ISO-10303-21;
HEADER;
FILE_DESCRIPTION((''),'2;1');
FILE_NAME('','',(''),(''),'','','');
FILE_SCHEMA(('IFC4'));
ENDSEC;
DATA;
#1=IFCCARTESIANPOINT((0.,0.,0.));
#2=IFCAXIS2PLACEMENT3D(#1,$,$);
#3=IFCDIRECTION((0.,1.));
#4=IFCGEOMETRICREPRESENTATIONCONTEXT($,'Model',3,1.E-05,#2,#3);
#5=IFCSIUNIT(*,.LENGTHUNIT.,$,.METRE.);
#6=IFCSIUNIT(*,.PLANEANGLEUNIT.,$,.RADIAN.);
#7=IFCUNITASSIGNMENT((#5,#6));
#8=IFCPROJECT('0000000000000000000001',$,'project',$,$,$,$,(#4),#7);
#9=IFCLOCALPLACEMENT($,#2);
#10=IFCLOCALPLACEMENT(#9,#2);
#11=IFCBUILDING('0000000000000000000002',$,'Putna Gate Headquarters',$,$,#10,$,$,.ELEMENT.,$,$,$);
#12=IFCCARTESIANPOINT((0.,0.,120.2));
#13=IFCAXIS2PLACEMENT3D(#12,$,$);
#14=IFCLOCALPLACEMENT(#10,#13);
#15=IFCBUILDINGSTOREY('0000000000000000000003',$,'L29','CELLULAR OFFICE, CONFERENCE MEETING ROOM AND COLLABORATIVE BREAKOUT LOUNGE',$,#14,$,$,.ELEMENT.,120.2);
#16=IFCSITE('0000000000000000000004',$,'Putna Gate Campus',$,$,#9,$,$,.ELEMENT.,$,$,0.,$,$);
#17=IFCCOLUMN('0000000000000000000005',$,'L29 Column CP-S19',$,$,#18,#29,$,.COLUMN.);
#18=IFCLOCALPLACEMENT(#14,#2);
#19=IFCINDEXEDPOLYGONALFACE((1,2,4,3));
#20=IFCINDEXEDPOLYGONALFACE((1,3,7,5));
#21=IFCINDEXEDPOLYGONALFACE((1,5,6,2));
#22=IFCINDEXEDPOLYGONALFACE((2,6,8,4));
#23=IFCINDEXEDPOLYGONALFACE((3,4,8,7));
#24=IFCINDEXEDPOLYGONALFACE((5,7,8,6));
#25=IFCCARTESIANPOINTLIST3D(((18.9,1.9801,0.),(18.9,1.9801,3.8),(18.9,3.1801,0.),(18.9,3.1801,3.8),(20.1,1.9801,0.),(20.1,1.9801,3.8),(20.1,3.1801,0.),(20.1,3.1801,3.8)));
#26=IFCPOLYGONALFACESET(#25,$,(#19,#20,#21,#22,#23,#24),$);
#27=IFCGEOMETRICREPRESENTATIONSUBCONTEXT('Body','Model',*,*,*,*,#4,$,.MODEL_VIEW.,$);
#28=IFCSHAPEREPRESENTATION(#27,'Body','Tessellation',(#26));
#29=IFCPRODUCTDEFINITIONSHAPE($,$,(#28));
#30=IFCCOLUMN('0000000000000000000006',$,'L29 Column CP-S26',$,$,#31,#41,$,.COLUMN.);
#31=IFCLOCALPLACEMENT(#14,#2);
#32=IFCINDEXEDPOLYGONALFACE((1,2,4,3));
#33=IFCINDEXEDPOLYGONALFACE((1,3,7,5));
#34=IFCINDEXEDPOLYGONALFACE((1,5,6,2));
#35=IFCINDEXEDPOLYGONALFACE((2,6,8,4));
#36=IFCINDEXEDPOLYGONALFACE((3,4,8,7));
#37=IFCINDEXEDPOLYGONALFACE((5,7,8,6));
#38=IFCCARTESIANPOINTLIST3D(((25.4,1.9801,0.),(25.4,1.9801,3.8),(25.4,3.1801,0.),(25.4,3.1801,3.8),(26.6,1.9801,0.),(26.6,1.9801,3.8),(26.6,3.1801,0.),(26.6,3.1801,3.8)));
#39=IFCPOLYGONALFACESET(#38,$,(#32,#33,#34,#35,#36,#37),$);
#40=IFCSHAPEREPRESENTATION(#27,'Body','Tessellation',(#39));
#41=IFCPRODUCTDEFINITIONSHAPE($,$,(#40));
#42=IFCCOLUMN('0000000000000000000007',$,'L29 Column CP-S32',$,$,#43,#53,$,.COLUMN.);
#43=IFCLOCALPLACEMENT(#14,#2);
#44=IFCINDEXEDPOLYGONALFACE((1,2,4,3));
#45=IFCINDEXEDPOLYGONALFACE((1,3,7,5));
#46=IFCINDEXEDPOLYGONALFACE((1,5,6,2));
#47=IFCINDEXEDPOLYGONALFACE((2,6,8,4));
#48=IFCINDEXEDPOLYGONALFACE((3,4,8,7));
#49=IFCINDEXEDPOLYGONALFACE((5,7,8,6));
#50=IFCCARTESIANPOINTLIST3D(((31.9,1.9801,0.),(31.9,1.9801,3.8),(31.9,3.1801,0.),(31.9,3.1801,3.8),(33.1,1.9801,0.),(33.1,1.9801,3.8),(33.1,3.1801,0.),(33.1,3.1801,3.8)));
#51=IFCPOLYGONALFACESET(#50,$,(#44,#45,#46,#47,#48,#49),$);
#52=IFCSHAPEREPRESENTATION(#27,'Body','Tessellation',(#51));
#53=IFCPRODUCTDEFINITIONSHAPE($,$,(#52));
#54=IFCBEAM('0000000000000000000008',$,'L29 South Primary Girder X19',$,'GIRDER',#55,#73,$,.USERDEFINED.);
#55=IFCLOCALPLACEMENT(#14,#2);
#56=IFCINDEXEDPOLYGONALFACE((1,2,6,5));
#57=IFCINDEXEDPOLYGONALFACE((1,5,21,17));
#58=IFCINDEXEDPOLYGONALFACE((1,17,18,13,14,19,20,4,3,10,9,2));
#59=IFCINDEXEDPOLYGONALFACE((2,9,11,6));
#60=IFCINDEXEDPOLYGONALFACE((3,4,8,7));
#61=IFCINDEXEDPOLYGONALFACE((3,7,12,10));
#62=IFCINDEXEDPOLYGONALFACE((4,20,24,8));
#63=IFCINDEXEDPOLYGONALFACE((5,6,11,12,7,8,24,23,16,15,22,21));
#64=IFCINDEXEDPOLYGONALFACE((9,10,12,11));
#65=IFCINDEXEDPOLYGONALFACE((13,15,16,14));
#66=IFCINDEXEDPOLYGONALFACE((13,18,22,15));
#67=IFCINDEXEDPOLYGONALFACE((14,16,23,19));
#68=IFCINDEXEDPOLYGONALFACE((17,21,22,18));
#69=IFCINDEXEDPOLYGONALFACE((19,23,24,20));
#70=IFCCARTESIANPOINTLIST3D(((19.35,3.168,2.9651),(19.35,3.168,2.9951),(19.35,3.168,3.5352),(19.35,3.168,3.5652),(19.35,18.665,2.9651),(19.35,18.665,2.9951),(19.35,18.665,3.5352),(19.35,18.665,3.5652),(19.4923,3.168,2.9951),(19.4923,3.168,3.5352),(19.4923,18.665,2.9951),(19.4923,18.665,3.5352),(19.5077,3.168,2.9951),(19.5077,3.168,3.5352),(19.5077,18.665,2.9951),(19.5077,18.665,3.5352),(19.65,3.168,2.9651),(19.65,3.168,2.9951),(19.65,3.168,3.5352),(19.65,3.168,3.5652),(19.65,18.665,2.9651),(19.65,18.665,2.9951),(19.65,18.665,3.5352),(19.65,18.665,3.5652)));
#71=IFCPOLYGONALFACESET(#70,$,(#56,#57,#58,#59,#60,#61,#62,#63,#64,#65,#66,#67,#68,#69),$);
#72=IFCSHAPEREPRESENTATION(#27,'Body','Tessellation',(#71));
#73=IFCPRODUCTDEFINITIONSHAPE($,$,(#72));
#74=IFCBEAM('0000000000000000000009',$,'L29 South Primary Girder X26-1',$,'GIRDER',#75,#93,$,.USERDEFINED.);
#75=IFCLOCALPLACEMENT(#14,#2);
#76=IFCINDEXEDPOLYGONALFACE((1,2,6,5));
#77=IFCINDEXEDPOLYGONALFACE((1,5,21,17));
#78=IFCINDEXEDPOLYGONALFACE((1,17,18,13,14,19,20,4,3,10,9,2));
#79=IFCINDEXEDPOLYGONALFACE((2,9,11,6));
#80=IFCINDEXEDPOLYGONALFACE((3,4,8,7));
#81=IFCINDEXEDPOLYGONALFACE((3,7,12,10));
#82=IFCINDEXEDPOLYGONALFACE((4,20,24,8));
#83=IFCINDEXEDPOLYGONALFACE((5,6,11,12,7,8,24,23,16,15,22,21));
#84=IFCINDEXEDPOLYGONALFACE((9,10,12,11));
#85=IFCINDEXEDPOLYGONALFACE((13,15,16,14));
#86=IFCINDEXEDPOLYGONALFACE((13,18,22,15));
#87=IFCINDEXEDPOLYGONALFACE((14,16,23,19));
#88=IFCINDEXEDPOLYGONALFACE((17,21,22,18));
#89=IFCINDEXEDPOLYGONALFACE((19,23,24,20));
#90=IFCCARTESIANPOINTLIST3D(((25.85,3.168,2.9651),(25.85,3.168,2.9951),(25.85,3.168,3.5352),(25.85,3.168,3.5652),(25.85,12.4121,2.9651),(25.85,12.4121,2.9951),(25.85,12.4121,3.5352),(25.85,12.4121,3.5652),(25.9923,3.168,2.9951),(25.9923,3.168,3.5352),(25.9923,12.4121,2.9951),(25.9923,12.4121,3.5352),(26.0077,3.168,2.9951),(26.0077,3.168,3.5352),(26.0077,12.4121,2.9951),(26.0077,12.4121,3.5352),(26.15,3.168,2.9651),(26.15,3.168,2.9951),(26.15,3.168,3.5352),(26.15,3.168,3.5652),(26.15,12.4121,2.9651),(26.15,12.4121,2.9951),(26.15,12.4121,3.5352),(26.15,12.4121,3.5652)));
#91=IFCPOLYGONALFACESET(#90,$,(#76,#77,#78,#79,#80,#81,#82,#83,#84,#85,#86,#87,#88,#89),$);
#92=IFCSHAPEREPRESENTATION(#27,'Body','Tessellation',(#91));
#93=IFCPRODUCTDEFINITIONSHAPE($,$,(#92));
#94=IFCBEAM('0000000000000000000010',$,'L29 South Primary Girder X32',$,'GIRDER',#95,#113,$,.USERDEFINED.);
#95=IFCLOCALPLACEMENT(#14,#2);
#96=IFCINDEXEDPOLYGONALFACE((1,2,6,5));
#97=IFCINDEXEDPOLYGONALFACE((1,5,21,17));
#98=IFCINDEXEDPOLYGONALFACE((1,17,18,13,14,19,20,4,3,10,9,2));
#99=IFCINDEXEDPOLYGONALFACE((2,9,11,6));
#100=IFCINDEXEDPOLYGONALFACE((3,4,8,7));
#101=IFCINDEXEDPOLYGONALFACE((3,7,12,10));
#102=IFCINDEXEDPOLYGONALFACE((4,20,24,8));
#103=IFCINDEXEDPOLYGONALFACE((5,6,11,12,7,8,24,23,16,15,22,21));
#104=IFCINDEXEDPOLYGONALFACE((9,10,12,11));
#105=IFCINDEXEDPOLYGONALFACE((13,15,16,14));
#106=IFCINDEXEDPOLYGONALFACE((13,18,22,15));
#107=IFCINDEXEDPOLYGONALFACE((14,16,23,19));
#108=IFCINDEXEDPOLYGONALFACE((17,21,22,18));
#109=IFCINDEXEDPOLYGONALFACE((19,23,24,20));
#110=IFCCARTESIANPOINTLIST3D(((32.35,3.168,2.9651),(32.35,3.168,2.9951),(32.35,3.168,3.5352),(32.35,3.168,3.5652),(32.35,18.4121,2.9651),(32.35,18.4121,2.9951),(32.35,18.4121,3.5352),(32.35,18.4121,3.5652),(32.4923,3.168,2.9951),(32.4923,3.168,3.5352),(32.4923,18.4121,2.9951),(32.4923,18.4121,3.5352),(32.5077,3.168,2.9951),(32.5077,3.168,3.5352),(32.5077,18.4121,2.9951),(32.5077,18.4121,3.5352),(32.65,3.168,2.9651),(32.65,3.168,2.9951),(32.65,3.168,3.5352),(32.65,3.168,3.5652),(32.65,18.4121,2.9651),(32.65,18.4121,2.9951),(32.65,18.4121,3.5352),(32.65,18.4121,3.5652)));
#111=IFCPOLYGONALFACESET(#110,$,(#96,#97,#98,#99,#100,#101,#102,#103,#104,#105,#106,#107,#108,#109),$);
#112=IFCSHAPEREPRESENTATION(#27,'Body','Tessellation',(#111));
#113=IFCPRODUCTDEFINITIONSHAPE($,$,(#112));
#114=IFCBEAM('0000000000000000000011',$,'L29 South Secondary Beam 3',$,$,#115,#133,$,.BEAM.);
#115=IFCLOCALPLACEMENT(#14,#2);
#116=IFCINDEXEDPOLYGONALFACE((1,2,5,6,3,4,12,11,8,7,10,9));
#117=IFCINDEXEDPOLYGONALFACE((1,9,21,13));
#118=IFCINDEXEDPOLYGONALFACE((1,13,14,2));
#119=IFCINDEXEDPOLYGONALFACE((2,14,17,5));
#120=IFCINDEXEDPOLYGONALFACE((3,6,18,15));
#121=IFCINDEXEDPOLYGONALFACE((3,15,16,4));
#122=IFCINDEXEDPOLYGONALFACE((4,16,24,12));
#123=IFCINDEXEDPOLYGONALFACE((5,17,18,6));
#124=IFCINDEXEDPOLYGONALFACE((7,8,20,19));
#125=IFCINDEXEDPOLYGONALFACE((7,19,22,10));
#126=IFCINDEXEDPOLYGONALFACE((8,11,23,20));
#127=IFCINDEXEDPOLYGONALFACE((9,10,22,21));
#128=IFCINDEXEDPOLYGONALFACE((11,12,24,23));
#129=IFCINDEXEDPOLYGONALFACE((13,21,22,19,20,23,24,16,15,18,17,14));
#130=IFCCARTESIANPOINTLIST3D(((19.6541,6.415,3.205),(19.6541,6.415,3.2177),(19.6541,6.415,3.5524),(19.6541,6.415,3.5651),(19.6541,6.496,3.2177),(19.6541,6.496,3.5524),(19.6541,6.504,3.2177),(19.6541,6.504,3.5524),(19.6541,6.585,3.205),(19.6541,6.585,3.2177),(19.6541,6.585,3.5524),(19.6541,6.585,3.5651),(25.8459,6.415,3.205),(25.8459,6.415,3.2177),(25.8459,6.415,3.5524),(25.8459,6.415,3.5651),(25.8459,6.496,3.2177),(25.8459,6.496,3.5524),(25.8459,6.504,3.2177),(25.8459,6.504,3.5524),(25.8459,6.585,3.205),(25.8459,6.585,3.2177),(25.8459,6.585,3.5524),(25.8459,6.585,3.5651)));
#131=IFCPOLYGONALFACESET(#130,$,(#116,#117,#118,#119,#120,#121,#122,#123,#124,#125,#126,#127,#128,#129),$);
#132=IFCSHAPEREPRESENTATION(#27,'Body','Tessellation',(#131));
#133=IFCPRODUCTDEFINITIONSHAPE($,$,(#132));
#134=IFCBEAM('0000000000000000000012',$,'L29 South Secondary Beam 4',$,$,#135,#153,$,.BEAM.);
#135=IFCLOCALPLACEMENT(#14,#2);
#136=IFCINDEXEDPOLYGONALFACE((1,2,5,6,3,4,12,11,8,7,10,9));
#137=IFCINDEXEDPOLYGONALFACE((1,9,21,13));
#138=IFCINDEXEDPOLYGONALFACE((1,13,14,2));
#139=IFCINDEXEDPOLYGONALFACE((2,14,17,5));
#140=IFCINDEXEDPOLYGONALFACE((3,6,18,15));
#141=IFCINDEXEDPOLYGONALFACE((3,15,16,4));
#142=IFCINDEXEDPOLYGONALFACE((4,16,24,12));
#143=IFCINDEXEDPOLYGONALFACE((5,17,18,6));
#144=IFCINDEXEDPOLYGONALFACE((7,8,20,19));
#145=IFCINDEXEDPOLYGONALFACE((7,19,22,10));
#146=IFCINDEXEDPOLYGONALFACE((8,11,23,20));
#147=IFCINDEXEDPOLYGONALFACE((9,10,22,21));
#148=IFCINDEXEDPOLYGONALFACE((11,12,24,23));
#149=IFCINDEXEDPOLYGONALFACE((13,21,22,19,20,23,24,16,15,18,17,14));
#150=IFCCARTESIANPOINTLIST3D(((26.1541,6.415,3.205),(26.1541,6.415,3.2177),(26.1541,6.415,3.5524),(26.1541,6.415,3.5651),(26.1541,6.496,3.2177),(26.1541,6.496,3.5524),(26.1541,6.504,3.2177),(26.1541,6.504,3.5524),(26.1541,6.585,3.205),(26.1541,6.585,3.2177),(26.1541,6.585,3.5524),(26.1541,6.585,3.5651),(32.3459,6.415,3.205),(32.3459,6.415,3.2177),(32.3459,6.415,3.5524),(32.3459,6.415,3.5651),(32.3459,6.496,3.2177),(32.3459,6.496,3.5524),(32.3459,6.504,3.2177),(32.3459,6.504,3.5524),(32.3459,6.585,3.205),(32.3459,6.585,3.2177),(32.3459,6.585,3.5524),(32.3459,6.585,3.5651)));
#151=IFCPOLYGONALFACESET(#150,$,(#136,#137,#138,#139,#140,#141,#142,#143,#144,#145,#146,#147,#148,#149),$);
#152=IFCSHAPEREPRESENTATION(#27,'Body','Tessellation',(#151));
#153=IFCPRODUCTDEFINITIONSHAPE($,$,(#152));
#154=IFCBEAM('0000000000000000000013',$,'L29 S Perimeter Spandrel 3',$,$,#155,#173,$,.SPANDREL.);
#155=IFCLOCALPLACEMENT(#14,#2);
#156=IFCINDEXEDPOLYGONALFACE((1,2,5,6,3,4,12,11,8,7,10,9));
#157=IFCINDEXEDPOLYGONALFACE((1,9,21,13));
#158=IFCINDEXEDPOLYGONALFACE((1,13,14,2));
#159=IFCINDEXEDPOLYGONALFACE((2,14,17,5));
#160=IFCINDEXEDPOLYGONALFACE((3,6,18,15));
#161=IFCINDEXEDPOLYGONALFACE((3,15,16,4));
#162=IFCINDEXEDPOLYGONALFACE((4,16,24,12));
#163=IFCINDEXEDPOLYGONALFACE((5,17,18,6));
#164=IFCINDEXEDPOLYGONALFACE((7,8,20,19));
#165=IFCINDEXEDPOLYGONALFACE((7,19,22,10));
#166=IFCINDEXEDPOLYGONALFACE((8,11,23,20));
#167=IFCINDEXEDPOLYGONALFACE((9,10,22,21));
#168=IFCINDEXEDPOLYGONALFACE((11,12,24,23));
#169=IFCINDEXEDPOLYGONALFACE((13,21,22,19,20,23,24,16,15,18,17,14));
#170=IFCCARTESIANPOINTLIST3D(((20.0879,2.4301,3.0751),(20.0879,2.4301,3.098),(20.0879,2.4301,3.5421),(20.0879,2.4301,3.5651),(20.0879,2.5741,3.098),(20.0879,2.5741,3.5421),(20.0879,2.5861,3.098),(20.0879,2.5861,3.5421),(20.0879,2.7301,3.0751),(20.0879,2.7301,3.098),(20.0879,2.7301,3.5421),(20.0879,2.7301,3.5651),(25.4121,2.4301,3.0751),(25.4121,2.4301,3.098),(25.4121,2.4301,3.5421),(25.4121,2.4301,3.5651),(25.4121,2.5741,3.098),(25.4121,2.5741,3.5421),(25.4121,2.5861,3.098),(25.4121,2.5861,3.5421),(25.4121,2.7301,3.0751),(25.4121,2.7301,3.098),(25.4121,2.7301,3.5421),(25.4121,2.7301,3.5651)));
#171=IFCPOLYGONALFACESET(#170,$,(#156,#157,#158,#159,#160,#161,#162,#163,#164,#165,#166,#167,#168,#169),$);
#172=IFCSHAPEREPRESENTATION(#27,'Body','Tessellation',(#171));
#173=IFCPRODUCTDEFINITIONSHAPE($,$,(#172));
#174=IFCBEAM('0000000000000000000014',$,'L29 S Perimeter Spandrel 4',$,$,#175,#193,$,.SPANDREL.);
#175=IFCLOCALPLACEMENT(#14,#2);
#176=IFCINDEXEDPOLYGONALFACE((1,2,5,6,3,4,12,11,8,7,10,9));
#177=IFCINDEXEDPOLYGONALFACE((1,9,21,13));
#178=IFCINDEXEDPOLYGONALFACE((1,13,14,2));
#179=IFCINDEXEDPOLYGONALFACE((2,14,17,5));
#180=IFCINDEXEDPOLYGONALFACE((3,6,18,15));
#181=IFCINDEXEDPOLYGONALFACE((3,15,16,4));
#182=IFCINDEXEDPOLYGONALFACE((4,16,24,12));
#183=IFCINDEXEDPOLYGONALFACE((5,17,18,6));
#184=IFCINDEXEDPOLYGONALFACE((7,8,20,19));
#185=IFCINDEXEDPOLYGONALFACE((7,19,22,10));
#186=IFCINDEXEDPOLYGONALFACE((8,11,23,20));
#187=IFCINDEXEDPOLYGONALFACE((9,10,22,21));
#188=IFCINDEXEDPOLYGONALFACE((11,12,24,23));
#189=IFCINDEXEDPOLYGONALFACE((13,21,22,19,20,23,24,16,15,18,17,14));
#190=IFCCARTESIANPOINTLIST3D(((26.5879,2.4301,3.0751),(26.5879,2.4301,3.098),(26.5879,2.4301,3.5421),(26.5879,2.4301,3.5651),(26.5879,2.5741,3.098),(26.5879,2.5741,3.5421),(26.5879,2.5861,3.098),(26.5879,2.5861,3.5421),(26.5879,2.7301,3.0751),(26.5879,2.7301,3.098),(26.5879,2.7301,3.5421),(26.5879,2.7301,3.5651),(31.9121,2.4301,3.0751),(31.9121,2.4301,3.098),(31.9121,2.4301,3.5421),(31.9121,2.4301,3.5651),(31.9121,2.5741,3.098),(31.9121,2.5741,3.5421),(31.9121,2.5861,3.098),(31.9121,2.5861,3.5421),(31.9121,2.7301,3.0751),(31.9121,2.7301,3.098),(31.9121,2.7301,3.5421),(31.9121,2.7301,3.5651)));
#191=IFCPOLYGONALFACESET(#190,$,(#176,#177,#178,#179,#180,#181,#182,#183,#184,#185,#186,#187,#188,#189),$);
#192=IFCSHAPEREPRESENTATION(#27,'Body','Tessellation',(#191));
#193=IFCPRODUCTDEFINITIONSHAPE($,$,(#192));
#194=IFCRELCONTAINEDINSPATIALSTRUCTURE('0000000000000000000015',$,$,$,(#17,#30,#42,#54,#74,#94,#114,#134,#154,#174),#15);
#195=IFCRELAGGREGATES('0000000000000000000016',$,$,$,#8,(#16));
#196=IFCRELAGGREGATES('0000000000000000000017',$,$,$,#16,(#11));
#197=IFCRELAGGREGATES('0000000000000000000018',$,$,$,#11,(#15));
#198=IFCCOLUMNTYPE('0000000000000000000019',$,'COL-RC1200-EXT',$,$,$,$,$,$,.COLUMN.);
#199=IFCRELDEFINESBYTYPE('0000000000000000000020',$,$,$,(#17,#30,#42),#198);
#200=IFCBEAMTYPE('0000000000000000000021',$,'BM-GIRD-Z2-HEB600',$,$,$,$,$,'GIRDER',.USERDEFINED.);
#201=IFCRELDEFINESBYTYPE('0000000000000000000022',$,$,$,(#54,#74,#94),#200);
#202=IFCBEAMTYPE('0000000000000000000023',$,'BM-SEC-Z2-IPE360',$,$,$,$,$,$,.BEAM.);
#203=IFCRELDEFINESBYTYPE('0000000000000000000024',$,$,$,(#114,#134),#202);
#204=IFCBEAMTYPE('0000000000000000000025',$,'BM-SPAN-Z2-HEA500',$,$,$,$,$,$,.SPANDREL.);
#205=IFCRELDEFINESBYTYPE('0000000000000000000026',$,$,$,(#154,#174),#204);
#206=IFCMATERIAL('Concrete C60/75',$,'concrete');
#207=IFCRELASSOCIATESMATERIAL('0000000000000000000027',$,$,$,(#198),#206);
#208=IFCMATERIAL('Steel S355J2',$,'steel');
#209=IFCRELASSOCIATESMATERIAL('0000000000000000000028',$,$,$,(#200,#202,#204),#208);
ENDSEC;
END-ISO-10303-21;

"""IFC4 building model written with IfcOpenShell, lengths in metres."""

from ifc_helpers import new_model, si_unit, direction, frame, origin, origin_2d, place, context, subcontext, project, spatial, rectangle, i_section, extrude, material, material_profile, profile_set, type_object, element, save


model = new_model("IFC4")

# Units and contexts
model_context = context("Model", 3, precision=1e-05, world=origin(), true_north=direction((0.0, 1.0)))
body_context = subcontext(model_context, "Body", "Model", "MODEL_VIEW")
ifc_project = project(units=[si_unit("LENGTHUNIT", "METRE"), si_unit("PLANEANGLEUNIT", "RADIAN")], contexts=[model_context])

# Site, building, storey
site_placement = place(None, origin())
site = spatial("IfcSite", under=ifc_project, at=site_placement, Name="Putna Gate Campus", CompositionType="ELEMENT", RefElevation=0.0)
building_placement = place(site_placement, origin())
building = spatial("IfcBuilding", under=site, at=building_placement, Name="Putna Gate Headquarters", CompositionType="ELEMENT")
storey_placement = place(building_placement, frame((0.0, 0.0, 120.2)))
storey = spatial("IfcBuildingStorey", under=building, at=storey_placement, Name="L29", Description="CELLULAR OFFICE, CONFERENCE MEETING ROOM AND COLLABORATIVE BREAKOUT LOUNGE", CompositionType="ELEMENT", Elevation=120.2)

# Columns
ifc_material_1 = material(Name="Concrete C60/75", Category="concrete")
ifc_material_profile_1 = material_profile(ifc_material_1, rectangle(XDim=1.2, YDim=1.2, at=origin_2d()), Name="Concrete C60/75")
ifc_profile_set_1 = profile_set([ifc_material_profile_1], Name="Concrete C60/75")
column_type = type_object("IfcColumnType", Name="COL-RC1200-EXT", PredefinedType="COLUMN", material=ifc_profile_set_1)
for number, where, z_axis, x_axis, name in (
    (1, (19.5, 2.5801, 0.0), (0.0, 0.0, 1.0), (1.0, 0.0, 0.0), "L29 Column CP-S19"),
    (2, (26.0, 2.5801, 0.0), (0.0, 0.0, 1.0), (1.0, 0.0, 0.0), "L29 Column CP-S26"),
    (3, (32.5, 2.5801, 0.0), (0.0, 0.0, 1.0), (1.0, 0.0, 0.0), "L29 Column CP-S32"),
):
    element("IfcColumn", number, at=place(storey_placement, frame(where, z_axis=z_axis, x_axis=x_axis)), inside=storey, type_object=column_type, Name=name, PredefinedType="COLUMN", context=body_context, shape_type="SweptSolid", body=[
        extrude(rectangle(XDim=1.2, YDim=1.2, at=origin_2d()), origin(), (0.0, 0.0, 1.0), 3.8),
    ])

# Beams
ifc_material_2 = material(Name="Steel S355J2", Category="steel")
ifc_material_profile_2 = material_profile(ifc_material_2, i_section(OverallWidth=0.3, OverallDepth=0.6001, WebThickness=0.0154, FlangeThickness=0.03, at=origin_2d()), Name="Steel S355J2")
ifc_profile_set_2 = profile_set([ifc_material_profile_2], Name="Steel S355J2")
beam_type_1 = type_object("IfcBeamType", Name="BM-GIRD-Z2-HEB600", ElementType="GIRDER", PredefinedType="USERDEFINED", material=ifc_profile_set_2)
beam_1_placement = place(storey_placement, frame((19.5, 3.168, 3.2651), z_axis=(0.0, 1.0, 0.0), x_axis=(-1.0, 0.0, 0.0)))
element("IfcBeam", 4, at=beam_1_placement, inside=storey, type_object=beam_type_1, Name="L29 South Primary Girder X19", ObjectType="GIRDER", PredefinedType="USERDEFINED", context=body_context, shape_type="SweptSolid", body=[
    extrude(i_section(OverallWidth=0.3, OverallDepth=0.6001, WebThickness=0.0154, FlangeThickness=0.03, at=origin_2d()), origin(), (0.0, 0.0, 1.0), 15.4971),
])
beam_2_placement = place(storey_placement, frame((26.0, 3.168, 3.2651), z_axis=(0.0, 1.0, 0.0), x_axis=(-1.0, 0.0, 0.0)))
element("IfcBeam", 5, at=beam_2_placement, inside=storey, type_object=beam_type_1, Name="L29 South Primary Girder X26-1", ObjectType="GIRDER", PredefinedType="USERDEFINED", context=body_context, shape_type="SweptSolid", body=[
    extrude(i_section(OverallWidth=0.3, OverallDepth=0.6001, WebThickness=0.0154, FlangeThickness=0.03, at=origin_2d()), origin(), (0.0, 0.0, 1.0), 9.2441),
])
beam_3_placement = place(storey_placement, frame((32.5, 3.168, 3.2651), z_axis=(0.0, 1.0, 0.0), x_axis=(-1.0, 0.0, 0.0)))
element("IfcBeam", 6, at=beam_3_placement, inside=storey, type_object=beam_type_1, Name="L29 South Primary Girder X32", ObjectType="GIRDER", PredefinedType="USERDEFINED", context=body_context, shape_type="SweptSolid", body=[
    extrude(i_section(OverallWidth=0.3, OverallDepth=0.6001, WebThickness=0.0154, FlangeThickness=0.03, at=origin_2d()), origin(), (0.0, 0.0, 1.0), 15.2441),
])
ifc_material_profile_3 = material_profile(ifc_material_2, i_section(OverallWidth=0.1699, OverallDepth=0.3601, WebThickness=0.0081, FlangeThickness=0.0127, at=origin_2d()), Name="Steel S355J2")
ifc_profile_set_3 = profile_set([ifc_material_profile_3], Name="Steel S355J2")
beam_type_2 = type_object("IfcBeamType", Name="BM-SEC-Z2-IPE360", PredefinedType="BEAM", material=ifc_profile_set_3)
for number, where, z_axis, x_axis, name in (
    (7, (19.6541, 6.5, 3.385), (1.0, 0.0, 0.0), (0.0, 1.0, 0.0), "L29 South Secondary Beam 3"),
    (8, (26.1541, 6.5, 3.385), (1.0, 0.0, 0.0), (0.0, 1.0, 0.0), "L29 South Secondary Beam 4"),
):
    element("IfcBeam", number, at=place(storey_placement, frame(where, z_axis=z_axis, x_axis=x_axis)), inside=storey, type_object=beam_type_2, Name=name, PredefinedType="BEAM", context=body_context, shape_type="SweptSolid", body=[
        extrude(i_section(OverallWidth=0.1699, OverallDepth=0.3601, WebThickness=0.0081, FlangeThickness=0.0127, at=origin_2d()), origin(), (0.0, 0.0, 1.0), 6.1919),
    ])
ifc_material_profile_4 = material_profile(ifc_material_2, i_section(OverallWidth=0.3, OverallDepth=0.49, WebThickness=0.012, FlangeThickness=0.0229, at=origin_2d()), Name="Steel S355J2")
ifc_profile_set_4 = profile_set([ifc_material_profile_4], Name="Steel S355J2")
beam_type_3 = type_object("IfcBeamType", Name="BM-SPAN-Z2-HEA500", PredefinedType="SPANDREL", material=ifc_profile_set_4)
for number, where, z_axis, x_axis, name in (
    (9, (20.0879, 2.5801, 3.3201), (1.0, 0.0, 0.0), (0.0, 1.0, 0.0), "L29 S Perimeter Spandrel 3"),
    (10, (26.5879, 2.5801, 3.3201), (1.0, 0.0, 0.0), (0.0, 1.0, 0.0), "L29 S Perimeter Spandrel 4"),
):
    element("IfcBeam", number, at=place(storey_placement, frame(where, z_axis=z_axis, x_axis=x_axis)), inside=storey, type_object=beam_type_3, Name=name, PredefinedType="SPANDREL", context=body_context, shape_type="SweptSolid", body=[
        extrude(i_section(OverallWidth=0.3, OverallDepth=0.49, WebThickness=0.012, FlangeThickness=0.0229, at=origin_2d()), origin(), (0.0, 0.0, 1.0), 5.3242),
    ])

save(model, "model.ifc")
